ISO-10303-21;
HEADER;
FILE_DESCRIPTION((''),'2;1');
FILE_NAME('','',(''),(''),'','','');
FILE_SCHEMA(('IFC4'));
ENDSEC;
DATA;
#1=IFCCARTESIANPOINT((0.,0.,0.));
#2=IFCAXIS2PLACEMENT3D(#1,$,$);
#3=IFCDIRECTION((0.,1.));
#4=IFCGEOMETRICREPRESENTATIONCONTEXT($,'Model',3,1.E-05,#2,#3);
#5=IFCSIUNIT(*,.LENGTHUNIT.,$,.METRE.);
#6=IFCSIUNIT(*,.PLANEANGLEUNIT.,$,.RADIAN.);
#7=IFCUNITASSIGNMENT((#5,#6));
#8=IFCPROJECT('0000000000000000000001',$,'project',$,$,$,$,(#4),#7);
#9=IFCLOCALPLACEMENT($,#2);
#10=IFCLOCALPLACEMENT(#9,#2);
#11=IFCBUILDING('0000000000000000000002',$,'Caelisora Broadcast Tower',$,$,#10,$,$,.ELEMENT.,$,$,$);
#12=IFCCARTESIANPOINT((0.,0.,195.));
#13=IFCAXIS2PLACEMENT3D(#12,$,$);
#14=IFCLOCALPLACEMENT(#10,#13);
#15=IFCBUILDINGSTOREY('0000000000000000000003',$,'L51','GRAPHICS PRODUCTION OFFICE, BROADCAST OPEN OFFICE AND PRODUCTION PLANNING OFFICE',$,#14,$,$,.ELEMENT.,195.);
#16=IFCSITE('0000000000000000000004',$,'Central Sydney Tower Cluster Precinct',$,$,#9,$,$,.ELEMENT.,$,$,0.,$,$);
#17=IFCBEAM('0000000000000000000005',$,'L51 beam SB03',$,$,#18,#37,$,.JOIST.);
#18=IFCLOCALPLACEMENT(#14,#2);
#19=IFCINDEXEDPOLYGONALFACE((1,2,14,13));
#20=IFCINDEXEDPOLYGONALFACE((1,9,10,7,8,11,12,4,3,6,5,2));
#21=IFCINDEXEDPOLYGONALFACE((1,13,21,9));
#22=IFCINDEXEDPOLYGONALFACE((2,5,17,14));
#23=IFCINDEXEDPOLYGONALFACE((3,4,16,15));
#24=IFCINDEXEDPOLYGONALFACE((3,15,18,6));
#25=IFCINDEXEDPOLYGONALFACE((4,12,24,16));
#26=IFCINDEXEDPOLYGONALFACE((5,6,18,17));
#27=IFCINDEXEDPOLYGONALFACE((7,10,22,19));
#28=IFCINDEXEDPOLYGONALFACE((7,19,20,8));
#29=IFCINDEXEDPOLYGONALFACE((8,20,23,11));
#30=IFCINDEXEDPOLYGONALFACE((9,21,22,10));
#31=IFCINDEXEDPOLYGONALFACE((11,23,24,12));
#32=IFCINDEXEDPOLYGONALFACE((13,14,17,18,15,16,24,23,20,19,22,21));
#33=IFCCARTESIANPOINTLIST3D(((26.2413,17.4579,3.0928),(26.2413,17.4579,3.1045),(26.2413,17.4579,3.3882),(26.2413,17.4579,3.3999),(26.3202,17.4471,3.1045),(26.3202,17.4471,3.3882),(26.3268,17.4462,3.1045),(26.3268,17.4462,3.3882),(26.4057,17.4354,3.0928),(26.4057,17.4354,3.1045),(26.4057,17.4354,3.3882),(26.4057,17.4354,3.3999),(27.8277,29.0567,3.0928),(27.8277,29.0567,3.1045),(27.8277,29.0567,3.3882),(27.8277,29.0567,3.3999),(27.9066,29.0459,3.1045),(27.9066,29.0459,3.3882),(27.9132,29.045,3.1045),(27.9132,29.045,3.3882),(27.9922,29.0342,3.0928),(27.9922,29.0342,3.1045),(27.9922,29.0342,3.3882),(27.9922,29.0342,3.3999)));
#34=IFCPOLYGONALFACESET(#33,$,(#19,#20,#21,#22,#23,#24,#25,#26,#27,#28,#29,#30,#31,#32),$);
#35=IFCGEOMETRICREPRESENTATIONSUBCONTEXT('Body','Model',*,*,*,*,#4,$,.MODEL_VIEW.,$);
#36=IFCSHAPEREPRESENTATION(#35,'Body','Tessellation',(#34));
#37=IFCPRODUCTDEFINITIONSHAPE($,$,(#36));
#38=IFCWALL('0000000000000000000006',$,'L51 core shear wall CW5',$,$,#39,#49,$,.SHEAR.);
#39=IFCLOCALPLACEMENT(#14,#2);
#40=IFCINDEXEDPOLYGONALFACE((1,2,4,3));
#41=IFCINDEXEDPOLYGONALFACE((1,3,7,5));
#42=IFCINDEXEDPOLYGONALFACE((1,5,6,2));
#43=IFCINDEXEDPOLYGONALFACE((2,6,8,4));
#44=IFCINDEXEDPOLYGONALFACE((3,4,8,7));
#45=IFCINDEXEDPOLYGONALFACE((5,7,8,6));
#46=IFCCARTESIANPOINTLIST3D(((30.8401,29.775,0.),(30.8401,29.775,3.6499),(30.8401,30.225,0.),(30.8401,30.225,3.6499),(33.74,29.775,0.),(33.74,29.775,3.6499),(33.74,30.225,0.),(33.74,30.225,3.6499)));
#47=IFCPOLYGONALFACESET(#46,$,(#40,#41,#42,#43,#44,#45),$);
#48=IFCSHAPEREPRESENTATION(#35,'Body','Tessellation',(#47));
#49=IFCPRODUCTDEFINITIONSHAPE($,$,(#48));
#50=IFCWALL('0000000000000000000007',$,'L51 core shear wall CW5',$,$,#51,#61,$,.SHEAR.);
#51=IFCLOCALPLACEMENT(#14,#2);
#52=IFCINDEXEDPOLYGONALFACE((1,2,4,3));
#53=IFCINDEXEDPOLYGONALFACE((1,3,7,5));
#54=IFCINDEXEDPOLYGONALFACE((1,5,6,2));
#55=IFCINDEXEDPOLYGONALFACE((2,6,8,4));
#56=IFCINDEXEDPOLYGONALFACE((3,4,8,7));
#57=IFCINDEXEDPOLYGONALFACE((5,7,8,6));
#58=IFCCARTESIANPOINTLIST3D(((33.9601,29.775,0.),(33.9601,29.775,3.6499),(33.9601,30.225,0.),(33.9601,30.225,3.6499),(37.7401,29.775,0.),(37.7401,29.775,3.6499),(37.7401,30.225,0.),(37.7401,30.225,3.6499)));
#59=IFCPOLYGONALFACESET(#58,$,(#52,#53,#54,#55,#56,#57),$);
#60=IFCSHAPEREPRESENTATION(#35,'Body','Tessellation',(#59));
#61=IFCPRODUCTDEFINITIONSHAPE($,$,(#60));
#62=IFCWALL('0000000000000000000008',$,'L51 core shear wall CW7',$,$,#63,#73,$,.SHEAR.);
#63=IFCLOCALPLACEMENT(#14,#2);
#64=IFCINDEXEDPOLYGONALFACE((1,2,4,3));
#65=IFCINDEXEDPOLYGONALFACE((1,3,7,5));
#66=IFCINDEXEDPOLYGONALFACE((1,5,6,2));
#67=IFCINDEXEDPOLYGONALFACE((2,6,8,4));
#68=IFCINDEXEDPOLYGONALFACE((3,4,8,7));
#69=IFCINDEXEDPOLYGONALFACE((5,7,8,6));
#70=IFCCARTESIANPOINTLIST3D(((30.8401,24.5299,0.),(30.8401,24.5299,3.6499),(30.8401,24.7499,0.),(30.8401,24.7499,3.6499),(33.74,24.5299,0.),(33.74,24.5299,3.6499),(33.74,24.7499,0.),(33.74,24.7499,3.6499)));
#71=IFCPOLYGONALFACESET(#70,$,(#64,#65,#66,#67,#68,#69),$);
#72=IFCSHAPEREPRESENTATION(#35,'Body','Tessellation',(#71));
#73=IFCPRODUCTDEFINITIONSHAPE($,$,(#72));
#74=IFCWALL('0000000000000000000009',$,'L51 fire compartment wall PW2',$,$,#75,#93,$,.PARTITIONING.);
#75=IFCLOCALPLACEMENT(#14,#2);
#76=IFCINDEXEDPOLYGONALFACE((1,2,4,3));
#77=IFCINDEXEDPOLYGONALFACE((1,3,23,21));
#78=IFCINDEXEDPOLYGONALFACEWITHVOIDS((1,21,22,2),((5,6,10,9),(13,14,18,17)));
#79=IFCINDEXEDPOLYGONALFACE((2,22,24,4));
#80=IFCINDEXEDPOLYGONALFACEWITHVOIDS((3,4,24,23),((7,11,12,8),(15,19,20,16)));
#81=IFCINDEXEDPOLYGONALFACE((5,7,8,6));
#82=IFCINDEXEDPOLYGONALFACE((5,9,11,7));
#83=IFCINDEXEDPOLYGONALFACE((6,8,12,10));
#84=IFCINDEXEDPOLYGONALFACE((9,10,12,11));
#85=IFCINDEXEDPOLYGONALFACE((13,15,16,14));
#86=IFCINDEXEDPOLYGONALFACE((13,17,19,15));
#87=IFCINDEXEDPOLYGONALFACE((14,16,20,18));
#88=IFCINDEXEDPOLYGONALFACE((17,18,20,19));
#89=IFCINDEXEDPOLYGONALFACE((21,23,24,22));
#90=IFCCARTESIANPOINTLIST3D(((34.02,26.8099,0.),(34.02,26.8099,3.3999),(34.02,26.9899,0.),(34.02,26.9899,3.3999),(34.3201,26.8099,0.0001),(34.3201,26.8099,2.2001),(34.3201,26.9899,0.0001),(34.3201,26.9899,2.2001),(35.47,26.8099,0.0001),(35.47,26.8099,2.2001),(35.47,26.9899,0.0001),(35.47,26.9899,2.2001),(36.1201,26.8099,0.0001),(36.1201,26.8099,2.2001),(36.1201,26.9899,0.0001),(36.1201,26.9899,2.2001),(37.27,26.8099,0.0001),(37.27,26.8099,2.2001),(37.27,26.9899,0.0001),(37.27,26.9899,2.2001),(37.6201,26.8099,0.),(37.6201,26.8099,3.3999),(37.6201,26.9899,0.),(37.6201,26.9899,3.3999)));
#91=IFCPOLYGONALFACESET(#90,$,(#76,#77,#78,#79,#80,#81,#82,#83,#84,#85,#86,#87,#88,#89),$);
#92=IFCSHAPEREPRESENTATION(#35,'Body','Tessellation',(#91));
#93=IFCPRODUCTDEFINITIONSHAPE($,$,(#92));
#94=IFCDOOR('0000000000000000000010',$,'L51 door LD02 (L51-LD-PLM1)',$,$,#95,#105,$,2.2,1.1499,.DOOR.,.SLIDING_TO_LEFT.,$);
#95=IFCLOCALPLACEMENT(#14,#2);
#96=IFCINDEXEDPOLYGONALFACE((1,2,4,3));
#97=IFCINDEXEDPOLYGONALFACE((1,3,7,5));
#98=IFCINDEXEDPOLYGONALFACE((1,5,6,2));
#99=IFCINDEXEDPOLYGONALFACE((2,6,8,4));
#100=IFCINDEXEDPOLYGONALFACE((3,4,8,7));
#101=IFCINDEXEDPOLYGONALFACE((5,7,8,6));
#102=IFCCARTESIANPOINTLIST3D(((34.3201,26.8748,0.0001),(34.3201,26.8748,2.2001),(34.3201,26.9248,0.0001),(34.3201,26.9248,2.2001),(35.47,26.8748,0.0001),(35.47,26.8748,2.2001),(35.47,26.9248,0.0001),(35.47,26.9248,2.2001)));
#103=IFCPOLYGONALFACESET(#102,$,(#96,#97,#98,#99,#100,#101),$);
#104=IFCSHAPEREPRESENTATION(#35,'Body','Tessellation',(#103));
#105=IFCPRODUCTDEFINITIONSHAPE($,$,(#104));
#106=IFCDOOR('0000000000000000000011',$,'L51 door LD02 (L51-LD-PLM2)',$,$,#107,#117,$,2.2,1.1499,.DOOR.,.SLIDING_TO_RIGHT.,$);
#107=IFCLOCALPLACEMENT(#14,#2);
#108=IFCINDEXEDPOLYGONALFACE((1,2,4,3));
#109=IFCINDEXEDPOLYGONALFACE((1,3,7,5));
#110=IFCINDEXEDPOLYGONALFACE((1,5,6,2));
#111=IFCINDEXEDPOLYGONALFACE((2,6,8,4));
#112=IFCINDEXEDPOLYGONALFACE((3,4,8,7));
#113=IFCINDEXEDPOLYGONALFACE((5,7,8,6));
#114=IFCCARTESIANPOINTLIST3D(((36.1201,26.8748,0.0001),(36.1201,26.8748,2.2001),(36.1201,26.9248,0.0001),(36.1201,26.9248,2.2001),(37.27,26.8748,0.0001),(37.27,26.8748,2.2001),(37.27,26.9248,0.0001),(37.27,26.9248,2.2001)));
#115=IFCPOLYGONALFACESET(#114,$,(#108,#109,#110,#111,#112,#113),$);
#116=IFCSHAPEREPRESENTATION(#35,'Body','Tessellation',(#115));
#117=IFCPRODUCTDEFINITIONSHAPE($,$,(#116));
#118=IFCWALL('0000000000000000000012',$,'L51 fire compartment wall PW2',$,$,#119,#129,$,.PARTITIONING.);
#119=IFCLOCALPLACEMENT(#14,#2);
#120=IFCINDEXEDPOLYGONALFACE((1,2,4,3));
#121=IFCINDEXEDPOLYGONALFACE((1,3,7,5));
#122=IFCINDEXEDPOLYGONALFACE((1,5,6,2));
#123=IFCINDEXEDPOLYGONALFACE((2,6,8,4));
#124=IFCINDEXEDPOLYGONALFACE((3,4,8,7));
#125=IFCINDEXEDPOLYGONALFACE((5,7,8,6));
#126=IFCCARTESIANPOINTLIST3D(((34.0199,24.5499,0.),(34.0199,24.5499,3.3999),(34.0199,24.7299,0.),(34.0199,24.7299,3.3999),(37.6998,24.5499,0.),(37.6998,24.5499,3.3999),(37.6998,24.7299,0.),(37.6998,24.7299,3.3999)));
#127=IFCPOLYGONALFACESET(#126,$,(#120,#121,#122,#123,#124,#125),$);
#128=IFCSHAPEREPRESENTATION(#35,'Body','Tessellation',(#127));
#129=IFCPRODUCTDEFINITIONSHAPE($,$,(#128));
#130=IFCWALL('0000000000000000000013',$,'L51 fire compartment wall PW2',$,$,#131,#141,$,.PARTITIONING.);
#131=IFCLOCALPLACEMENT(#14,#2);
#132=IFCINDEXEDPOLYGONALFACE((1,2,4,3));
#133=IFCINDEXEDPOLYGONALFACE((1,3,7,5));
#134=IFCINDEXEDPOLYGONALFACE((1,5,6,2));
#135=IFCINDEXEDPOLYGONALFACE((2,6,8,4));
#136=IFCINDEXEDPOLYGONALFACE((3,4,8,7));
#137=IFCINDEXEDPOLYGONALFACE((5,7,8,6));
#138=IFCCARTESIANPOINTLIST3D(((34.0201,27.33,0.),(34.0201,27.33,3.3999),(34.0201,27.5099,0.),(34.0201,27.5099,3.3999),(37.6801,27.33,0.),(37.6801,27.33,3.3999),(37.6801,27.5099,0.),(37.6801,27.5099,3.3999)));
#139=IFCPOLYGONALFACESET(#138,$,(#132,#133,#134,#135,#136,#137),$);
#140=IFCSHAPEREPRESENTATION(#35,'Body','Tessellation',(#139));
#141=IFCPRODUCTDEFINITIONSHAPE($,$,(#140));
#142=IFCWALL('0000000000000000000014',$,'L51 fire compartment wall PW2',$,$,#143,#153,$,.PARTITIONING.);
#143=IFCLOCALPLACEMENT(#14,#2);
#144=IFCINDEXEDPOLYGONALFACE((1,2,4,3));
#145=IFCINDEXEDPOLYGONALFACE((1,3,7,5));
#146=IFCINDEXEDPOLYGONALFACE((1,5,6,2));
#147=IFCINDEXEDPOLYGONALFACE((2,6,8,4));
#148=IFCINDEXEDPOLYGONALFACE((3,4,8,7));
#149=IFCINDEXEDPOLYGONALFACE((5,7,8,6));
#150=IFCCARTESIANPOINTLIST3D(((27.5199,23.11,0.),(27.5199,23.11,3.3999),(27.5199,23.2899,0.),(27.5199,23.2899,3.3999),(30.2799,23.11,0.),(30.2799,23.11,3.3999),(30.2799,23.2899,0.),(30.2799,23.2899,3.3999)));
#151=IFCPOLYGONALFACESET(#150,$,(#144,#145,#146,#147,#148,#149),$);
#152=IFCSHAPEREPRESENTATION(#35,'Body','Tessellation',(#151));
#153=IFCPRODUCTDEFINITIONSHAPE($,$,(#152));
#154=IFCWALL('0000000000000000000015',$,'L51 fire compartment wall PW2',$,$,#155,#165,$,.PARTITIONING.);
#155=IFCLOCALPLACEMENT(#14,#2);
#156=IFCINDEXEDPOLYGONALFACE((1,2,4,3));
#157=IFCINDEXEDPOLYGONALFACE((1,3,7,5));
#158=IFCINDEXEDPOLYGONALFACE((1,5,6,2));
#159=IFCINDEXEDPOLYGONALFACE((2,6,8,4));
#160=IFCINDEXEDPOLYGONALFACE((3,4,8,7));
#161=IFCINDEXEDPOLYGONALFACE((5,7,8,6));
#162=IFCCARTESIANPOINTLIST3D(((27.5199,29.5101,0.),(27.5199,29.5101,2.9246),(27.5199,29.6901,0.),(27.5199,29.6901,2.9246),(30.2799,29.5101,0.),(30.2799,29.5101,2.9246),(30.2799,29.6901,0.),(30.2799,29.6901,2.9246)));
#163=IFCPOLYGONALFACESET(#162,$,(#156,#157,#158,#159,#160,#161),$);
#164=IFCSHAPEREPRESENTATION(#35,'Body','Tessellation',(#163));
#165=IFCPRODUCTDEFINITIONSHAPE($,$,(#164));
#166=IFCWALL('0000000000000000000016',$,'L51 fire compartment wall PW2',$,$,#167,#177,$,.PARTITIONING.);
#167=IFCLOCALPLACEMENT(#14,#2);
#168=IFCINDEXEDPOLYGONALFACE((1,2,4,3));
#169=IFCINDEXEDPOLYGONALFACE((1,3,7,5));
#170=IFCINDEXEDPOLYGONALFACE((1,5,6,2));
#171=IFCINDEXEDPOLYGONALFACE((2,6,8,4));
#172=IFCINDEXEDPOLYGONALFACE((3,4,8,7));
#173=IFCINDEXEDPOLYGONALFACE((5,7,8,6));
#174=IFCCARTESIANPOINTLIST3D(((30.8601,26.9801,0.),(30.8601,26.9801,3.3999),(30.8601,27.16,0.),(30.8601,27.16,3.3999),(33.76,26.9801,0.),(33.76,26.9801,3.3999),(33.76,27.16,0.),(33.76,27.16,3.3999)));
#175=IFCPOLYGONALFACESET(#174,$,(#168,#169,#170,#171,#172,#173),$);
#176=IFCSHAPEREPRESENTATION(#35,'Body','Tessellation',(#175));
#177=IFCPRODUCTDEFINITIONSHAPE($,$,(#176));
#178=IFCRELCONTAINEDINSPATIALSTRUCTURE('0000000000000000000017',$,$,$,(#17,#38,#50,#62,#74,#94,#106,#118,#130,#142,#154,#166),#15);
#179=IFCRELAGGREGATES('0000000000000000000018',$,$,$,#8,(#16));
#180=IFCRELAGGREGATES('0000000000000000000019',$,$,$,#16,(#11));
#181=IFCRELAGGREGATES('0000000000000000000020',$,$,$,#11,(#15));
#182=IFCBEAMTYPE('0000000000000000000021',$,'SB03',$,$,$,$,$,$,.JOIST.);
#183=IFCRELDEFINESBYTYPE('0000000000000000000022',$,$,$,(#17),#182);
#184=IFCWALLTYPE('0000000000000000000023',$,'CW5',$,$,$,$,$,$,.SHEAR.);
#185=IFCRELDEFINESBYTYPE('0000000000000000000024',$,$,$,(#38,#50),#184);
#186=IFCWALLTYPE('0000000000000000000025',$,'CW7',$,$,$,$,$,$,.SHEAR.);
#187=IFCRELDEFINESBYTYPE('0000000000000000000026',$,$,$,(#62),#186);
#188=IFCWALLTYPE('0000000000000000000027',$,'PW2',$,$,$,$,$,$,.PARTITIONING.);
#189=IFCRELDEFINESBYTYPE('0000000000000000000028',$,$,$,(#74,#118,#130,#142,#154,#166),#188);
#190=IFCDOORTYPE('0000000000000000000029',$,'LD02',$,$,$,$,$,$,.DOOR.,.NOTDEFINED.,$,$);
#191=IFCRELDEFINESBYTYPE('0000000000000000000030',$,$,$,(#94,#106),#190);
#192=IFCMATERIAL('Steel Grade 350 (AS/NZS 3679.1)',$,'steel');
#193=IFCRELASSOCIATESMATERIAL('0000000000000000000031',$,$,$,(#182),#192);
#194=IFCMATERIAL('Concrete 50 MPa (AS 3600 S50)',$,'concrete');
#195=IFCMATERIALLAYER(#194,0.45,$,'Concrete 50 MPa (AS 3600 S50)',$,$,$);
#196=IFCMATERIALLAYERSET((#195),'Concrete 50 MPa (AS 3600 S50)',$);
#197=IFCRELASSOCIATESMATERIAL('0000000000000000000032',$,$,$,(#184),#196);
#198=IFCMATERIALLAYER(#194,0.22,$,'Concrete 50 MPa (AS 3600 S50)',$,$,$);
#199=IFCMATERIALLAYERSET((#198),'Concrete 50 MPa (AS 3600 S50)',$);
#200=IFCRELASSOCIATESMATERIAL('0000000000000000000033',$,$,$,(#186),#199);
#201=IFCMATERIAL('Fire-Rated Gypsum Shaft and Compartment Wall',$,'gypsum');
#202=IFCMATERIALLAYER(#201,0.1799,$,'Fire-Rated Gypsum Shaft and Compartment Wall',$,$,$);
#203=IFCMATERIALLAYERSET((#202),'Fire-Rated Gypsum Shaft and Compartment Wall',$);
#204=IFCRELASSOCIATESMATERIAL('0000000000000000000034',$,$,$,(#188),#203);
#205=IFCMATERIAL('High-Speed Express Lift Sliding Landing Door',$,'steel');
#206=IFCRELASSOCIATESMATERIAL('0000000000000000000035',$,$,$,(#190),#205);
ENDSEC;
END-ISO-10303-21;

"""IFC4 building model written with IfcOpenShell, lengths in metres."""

from ifc_helpers import new_model, si_unit, direction, frame, frame_2d, origin, origin_2d, place, context, subcontext, project, spatial, rectangle, i_section, extrude, source, transform, mapped, material, layer, layer_set, material_profile, profile_set, type_object, element, fill, save


model = new_model("IFC4")

# Units and contexts
model_context = context("Model", 3, precision=1e-05, world=origin(), true_north=direction((0.0, 1.0)))
body_context = subcontext(model_context, "Body", "Model", "MODEL_VIEW")
ifc_project = project(units=[si_unit("LENGTHUNIT", "METRE"), si_unit("PLANEANGLEUNIT", "RADIAN")], contexts=[model_context])

# Site, building, storey
site_placement = place(None, origin())
site = spatial("IfcSite", under=ifc_project, at=site_placement, Name="Central Sydney Tower Cluster Precinct", CompositionType="ELEMENT", RefElevation=0.0)
building_placement = place(site_placement, origin())
building = spatial("IfcBuilding", under=site, at=building_placement, Name="Caelisora Broadcast Tower", CompositionType="ELEMENT")
storey_placement = place(building_placement, frame((0.0, 0.0, 195.0)))
storey = spatial("IfcBuildingStorey", under=building, at=storey_placement, Name="L51", Description="GRAPHICS PRODUCTION OFFICE, BROADCAST OPEN OFFICE AND PRODUCTION PLANNING OFFICE", CompositionType="ELEMENT", Elevation=195.0)

# Beam
ifc_material_1 = material(Name="Steel Grade 350 (AS/NZS 3679.1)", Category="steel")
ifc_material_profile_1 = material_profile(ifc_material_1, i_section(OverallWidth=0.166, OverallDepth=0.3071, WebThickness=0.0066, FlangeThickness=0.0117, at=origin_2d()), Name="Steel Grade 350 (AS/NZS 3679.1)")
ifc_profile_set_1 = profile_set([ifc_material_profile_1], Name="Steel Grade 350 (AS/NZS 3679.1)")
beam_type_1 = type_object("IfcBeamType", Name="SB03", PredefinedType="JOIST", material=ifc_profile_set_1)
shared_shape_1 = source(origin(), body_context, "Body", "SweptSolid", [
    extrude(i_section(OverallWidth=0.166, OverallDepth=0.3071, WebThickness=0.0066, FlangeThickness=0.0117, at=origin_2d()), origin(), (0.0, 0.0, 1.0), 11.7068),
])
beam_1_placement = place(storey_placement, frame((27.9099, 29.0454, 3.2463), z_axis=(-0.135512, -0.990776, 0.0), x_axis=(0.990776, -0.135512, 0.0)))
element("IfcBeam", 1, at=beam_1_placement, inside=storey, type_object=beam_type_1, Name="L51 beam SB03", PredefinedType="JOIST", context=body_context, shape_type="MappedRepresentation", body=[
    mapped(shared_shape_1, transform((0.0, 0.0, 0.0), scale=1.0)),
])

# Walls
ifc_material_2 = material(Name="Concrete 50 MPa (AS 3600 S50)", Category="concrete")
ifc_layer_1 = layer(ifc_material_2, 0.45, Name="Concrete 50 MPa (AS 3600 S50)")
ifc_layer_set_1 = layer_set([ifc_layer_1], Name="Concrete 50 MPa (AS 3600 S50)")
wall_type_1 = type_object("IfcWallType", Name="CW5", PredefinedType="SHEAR", material=ifc_layer_set_1)
wall_1_placement = place(storey_placement, frame((30.8401, 30.0, 0.0), z_axis=(0.0, 0.0, 1.0), x_axis=(1.0, 0.0, 0.0)))
element("IfcWall", 2, at=wall_1_placement, inside=storey, type_object=wall_type_1, Name="L51 core shear wall CW5", PredefinedType="SHEAR", context=body_context, shape_type="SweptSolid", body=[
    extrude(rectangle(XDim=2.8999, YDim=0.45, at=frame_2d((1.45, 0.0))), origin(), (0.0, 0.0, 1.0), 3.6499),
])
wall_2_placement = place(storey_placement, frame((33.96, 30.0, 0.0), z_axis=(0.0, 0.0, 1.0), x_axis=(1.0, 0.0, 0.0)))
element("IfcWall", 3, at=wall_2_placement, inside=storey, type_object=wall_type_1, Name="L51 core shear wall CW5", PredefinedType="SHEAR", context=body_context, shape_type="SweptSolid", body=[
    extrude(rectangle(XDim=3.78, YDim=0.45, at=frame_2d((1.8901, 0.0))), origin(), (0.0, 0.0, 1.0), 3.6499),
])
ifc_layer_2 = layer(ifc_material_2, 0.22, Name="Concrete 50 MPa (AS 3600 S50)")
ifc_layer_set_2 = layer_set([ifc_layer_2], Name="Concrete 50 MPa (AS 3600 S50)")
wall_type_2 = type_object("IfcWallType", Name="CW7", PredefinedType="SHEAR", material=ifc_layer_set_2)
wall_3_placement = place(storey_placement, frame((30.8401, 24.6399, 0.0), z_axis=(0.0, 0.0, 1.0), x_axis=(1.0, 0.0, 0.0)))
element("IfcWall", 4, at=wall_3_placement, inside=storey, type_object=wall_type_2, Name="L51 core shear wall CW7", PredefinedType="SHEAR", context=body_context, shape_type="SweptSolid", body=[
    extrude(rectangle(XDim=2.8999, YDim=0.22, at=frame_2d((1.45, 0.0))), origin(), (0.0, 0.0, 1.0), 3.6499),
])

# Wall, openings, doors
ifc_material_3 = material(Name="Fire-Rated Gypsum Shaft and Compartment Wall", Category="gypsum")
ifc_layer_3 = layer(ifc_material_3, 0.1799, Name="Fire-Rated Gypsum Shaft and Compartment Wall")
ifc_layer_set_3 = layer_set([ifc_layer_3], Name="Fire-Rated Gypsum Shaft and Compartment Wall")
wall_type_3 = type_object("IfcWallType", Name="PW2", PredefinedType="PARTITIONING", material=ifc_layer_set_3)
wall_4_placement = place(storey_placement, frame((34.02, 26.8999, 0.0), z_axis=(0.0, 0.0, 1.0), x_axis=(1.0, 0.0, 0.0)))
wall_4 = element("IfcWall", 5, at=wall_4_placement, inside=storey, type_object=wall_type_3, Name="L51 fire compartment wall PW2", PredefinedType="PARTITIONING", context=body_context, shape_type="SweptSolid", body=[
    extrude(rectangle(XDim=3.6001, YDim=0.1799, at=frame_2d((1.8, 0.0))), origin(), (0.0, 0.0, 1.0), 3.3999),
])
opening_1_placement = place(wall_4_placement, frame((0.3, 0.0, 0.0)))
opening_1 = element("IfcOpeningElement", 6, at=opening_1_placement, cuts=wall_4, PredefinedType="OPENING", context=body_context, shape_type="SweptSolid", body=[
    extrude(rectangle(XDim=1.1499, YDim=2.2, at=frame_2d((0.575, 1.1001))), frame((0.0, 0.1021, 0.0), z_axis=(0.0, -1.0, 0.0), x_axis=(1.0, 0.0, 0.0)), (0.0, 0.0, 1.0), 0.2039),
])
opening_2_placement = place(wall_4_placement, frame((2.1001, 0.0, 0.0)))
opening_2 = element("IfcOpeningElement", 7, at=opening_2_placement, cuts=wall_4, PredefinedType="OPENING", context=body_context, shape_type="SweptSolid", body=[
    extrude(rectangle(XDim=1.1499, YDim=2.2, at=frame_2d((0.575, 1.1001))), frame((0.0, 0.1021, 0.0), z_axis=(0.0, -1.0, 0.0), x_axis=(1.0, 0.0, 0.0)), (0.0, 0.0, 1.0), 0.2039),
])
ifc_material_4 = material(Name="High-Speed Express Lift Sliding Landing Door", Category="steel")
door_type_1 = type_object("IfcDoorType", Name="LD02", OperationType="NOTDEFINED", PredefinedType="DOOR", material=ifc_material_4)
door_1_placement = place(opening_1_placement, origin())
door_1 = element("IfcDoor", 8, at=door_1_placement, inside=storey, type_object=door_type_1, Name="L51 door LD02 (L51-LD-PLM1)", OperationType="SLIDING_TO_LEFT", OverallHeight=2.2, OverallWidth=1.1499, PredefinedType="DOOR", context=body_context, shape_type="SweptSolid", body=[
    extrude(rectangle(XDim=1.1499, YDim=2.2, at=frame_2d((0.575, 1.1001))), frame((0.0, 0.0249, 0.0), z_axis=(0.0, -1.0, 0.0), x_axis=(1.0, 0.0, 0.0)), (0.0, 0.0, 1.0), 0.05),
])
fill(opening_1, door_1)
door_2_placement = place(opening_2_placement, origin())
door_2 = element("IfcDoor", 9, at=door_2_placement, inside=storey, type_object=door_type_1, Name="L51 door LD02 (L51-LD-PLM2)", OperationType="SLIDING_TO_RIGHT", OverallHeight=2.2, OverallWidth=1.1499, PredefinedType="DOOR", context=body_context, shape_type="SweptSolid", body=[
    extrude(rectangle(XDim=1.1499, YDim=2.2, at=frame_2d((0.575, 1.1001))), frame((0.0, 0.0249, 0.0), z_axis=(0.0, -1.0, 0.0), x_axis=(1.0, 0.0, 0.0)), (0.0, 0.0, 1.0), 0.05),
])
fill(opening_2, door_2)

# Walls
wall_5_placement = place(storey_placement, frame((34.02, 24.6399, 0.0), z_axis=(0.0, 0.0, 1.0), x_axis=(1.0, 0.0, 0.0)))
element("IfcWall", 10, at=wall_5_placement, inside=storey, type_object=wall_type_3, Name="L51 fire compartment wall PW2", PredefinedType="PARTITIONING", context=body_context, shape_type="SweptSolid", body=[
    extrude(rectangle(XDim=3.6799, YDim=0.1799, at=frame_2d((1.8398, 0.0))), origin(), (0.0, 0.0, 1.0), 3.3999),
])
wall_6_placement = place(storey_placement, frame((34.02, 27.4199, 0.0), z_axis=(0.0, 0.0, 1.0), x_axis=(1.0, 0.0, 0.0)))
element("IfcWall", 11, at=wall_6_placement, inside=storey, type_object=wall_type_3, Name="L51 fire compartment wall PW2", PredefinedType="PARTITIONING", context=body_context, shape_type="SweptSolid", body=[
    extrude(rectangle(XDim=3.6599, YDim=0.1799, at=frame_2d((1.8301, 0.0))), origin(), (0.0, 0.0, 1.0), 3.3999),
])
wall_7_placement = place(storey_placement, frame((27.52, 23.2, 0.0), z_axis=(0.0, 0.0, 1.0), x_axis=(1.0, 0.0, 0.0)))
element("IfcWall", 12, at=wall_7_placement, inside=storey, type_object=wall_type_3, Name="L51 fire compartment wall PW2", PredefinedType="PARTITIONING", context=body_context, shape_type="SweptSolid", body=[
    extrude(rectangle(XDim=2.76, YDim=0.1799, at=frame_2d((1.3799, 0.0))), origin(), (0.0, 0.0, 1.0), 3.3999),
])
wall_8_placement = place(storey_placement, frame((27.52, 29.6001, 0.0), z_axis=(0.0, 0.0, 1.0), x_axis=(1.0, 0.0, 0.0)))
element("IfcWall", 13, at=wall_8_placement, inside=storey, type_object=wall_type_3, Name="L51 fire compartment wall PW2", PredefinedType="PARTITIONING", context=body_context, shape_type="SweptSolid", body=[
    extrude(rectangle(XDim=2.76, YDim=0.1799, at=frame_2d((1.3799, 0.0))), origin(), (0.0, 0.0, 1.0), 2.9246),
])
wall_9_placement = place(storey_placement, frame((30.8601, 27.0701, 0.0), z_axis=(0.0, 0.0, 1.0), x_axis=(1.0, 0.0, 0.0)))
element("IfcWall", 14, at=wall_9_placement, inside=storey, type_object=wall_type_3, Name="L51 fire compartment wall PW2", PredefinedType="PARTITIONING", context=body_context, shape_type="SweptSolid", body=[
    extrude(rectangle(XDim=2.8999, YDim=0.1799, at=frame_2d((1.45, 0.0))), origin(), (0.0, 0.0, 1.0), 3.3999),
])

save(model, "model.ifc")
